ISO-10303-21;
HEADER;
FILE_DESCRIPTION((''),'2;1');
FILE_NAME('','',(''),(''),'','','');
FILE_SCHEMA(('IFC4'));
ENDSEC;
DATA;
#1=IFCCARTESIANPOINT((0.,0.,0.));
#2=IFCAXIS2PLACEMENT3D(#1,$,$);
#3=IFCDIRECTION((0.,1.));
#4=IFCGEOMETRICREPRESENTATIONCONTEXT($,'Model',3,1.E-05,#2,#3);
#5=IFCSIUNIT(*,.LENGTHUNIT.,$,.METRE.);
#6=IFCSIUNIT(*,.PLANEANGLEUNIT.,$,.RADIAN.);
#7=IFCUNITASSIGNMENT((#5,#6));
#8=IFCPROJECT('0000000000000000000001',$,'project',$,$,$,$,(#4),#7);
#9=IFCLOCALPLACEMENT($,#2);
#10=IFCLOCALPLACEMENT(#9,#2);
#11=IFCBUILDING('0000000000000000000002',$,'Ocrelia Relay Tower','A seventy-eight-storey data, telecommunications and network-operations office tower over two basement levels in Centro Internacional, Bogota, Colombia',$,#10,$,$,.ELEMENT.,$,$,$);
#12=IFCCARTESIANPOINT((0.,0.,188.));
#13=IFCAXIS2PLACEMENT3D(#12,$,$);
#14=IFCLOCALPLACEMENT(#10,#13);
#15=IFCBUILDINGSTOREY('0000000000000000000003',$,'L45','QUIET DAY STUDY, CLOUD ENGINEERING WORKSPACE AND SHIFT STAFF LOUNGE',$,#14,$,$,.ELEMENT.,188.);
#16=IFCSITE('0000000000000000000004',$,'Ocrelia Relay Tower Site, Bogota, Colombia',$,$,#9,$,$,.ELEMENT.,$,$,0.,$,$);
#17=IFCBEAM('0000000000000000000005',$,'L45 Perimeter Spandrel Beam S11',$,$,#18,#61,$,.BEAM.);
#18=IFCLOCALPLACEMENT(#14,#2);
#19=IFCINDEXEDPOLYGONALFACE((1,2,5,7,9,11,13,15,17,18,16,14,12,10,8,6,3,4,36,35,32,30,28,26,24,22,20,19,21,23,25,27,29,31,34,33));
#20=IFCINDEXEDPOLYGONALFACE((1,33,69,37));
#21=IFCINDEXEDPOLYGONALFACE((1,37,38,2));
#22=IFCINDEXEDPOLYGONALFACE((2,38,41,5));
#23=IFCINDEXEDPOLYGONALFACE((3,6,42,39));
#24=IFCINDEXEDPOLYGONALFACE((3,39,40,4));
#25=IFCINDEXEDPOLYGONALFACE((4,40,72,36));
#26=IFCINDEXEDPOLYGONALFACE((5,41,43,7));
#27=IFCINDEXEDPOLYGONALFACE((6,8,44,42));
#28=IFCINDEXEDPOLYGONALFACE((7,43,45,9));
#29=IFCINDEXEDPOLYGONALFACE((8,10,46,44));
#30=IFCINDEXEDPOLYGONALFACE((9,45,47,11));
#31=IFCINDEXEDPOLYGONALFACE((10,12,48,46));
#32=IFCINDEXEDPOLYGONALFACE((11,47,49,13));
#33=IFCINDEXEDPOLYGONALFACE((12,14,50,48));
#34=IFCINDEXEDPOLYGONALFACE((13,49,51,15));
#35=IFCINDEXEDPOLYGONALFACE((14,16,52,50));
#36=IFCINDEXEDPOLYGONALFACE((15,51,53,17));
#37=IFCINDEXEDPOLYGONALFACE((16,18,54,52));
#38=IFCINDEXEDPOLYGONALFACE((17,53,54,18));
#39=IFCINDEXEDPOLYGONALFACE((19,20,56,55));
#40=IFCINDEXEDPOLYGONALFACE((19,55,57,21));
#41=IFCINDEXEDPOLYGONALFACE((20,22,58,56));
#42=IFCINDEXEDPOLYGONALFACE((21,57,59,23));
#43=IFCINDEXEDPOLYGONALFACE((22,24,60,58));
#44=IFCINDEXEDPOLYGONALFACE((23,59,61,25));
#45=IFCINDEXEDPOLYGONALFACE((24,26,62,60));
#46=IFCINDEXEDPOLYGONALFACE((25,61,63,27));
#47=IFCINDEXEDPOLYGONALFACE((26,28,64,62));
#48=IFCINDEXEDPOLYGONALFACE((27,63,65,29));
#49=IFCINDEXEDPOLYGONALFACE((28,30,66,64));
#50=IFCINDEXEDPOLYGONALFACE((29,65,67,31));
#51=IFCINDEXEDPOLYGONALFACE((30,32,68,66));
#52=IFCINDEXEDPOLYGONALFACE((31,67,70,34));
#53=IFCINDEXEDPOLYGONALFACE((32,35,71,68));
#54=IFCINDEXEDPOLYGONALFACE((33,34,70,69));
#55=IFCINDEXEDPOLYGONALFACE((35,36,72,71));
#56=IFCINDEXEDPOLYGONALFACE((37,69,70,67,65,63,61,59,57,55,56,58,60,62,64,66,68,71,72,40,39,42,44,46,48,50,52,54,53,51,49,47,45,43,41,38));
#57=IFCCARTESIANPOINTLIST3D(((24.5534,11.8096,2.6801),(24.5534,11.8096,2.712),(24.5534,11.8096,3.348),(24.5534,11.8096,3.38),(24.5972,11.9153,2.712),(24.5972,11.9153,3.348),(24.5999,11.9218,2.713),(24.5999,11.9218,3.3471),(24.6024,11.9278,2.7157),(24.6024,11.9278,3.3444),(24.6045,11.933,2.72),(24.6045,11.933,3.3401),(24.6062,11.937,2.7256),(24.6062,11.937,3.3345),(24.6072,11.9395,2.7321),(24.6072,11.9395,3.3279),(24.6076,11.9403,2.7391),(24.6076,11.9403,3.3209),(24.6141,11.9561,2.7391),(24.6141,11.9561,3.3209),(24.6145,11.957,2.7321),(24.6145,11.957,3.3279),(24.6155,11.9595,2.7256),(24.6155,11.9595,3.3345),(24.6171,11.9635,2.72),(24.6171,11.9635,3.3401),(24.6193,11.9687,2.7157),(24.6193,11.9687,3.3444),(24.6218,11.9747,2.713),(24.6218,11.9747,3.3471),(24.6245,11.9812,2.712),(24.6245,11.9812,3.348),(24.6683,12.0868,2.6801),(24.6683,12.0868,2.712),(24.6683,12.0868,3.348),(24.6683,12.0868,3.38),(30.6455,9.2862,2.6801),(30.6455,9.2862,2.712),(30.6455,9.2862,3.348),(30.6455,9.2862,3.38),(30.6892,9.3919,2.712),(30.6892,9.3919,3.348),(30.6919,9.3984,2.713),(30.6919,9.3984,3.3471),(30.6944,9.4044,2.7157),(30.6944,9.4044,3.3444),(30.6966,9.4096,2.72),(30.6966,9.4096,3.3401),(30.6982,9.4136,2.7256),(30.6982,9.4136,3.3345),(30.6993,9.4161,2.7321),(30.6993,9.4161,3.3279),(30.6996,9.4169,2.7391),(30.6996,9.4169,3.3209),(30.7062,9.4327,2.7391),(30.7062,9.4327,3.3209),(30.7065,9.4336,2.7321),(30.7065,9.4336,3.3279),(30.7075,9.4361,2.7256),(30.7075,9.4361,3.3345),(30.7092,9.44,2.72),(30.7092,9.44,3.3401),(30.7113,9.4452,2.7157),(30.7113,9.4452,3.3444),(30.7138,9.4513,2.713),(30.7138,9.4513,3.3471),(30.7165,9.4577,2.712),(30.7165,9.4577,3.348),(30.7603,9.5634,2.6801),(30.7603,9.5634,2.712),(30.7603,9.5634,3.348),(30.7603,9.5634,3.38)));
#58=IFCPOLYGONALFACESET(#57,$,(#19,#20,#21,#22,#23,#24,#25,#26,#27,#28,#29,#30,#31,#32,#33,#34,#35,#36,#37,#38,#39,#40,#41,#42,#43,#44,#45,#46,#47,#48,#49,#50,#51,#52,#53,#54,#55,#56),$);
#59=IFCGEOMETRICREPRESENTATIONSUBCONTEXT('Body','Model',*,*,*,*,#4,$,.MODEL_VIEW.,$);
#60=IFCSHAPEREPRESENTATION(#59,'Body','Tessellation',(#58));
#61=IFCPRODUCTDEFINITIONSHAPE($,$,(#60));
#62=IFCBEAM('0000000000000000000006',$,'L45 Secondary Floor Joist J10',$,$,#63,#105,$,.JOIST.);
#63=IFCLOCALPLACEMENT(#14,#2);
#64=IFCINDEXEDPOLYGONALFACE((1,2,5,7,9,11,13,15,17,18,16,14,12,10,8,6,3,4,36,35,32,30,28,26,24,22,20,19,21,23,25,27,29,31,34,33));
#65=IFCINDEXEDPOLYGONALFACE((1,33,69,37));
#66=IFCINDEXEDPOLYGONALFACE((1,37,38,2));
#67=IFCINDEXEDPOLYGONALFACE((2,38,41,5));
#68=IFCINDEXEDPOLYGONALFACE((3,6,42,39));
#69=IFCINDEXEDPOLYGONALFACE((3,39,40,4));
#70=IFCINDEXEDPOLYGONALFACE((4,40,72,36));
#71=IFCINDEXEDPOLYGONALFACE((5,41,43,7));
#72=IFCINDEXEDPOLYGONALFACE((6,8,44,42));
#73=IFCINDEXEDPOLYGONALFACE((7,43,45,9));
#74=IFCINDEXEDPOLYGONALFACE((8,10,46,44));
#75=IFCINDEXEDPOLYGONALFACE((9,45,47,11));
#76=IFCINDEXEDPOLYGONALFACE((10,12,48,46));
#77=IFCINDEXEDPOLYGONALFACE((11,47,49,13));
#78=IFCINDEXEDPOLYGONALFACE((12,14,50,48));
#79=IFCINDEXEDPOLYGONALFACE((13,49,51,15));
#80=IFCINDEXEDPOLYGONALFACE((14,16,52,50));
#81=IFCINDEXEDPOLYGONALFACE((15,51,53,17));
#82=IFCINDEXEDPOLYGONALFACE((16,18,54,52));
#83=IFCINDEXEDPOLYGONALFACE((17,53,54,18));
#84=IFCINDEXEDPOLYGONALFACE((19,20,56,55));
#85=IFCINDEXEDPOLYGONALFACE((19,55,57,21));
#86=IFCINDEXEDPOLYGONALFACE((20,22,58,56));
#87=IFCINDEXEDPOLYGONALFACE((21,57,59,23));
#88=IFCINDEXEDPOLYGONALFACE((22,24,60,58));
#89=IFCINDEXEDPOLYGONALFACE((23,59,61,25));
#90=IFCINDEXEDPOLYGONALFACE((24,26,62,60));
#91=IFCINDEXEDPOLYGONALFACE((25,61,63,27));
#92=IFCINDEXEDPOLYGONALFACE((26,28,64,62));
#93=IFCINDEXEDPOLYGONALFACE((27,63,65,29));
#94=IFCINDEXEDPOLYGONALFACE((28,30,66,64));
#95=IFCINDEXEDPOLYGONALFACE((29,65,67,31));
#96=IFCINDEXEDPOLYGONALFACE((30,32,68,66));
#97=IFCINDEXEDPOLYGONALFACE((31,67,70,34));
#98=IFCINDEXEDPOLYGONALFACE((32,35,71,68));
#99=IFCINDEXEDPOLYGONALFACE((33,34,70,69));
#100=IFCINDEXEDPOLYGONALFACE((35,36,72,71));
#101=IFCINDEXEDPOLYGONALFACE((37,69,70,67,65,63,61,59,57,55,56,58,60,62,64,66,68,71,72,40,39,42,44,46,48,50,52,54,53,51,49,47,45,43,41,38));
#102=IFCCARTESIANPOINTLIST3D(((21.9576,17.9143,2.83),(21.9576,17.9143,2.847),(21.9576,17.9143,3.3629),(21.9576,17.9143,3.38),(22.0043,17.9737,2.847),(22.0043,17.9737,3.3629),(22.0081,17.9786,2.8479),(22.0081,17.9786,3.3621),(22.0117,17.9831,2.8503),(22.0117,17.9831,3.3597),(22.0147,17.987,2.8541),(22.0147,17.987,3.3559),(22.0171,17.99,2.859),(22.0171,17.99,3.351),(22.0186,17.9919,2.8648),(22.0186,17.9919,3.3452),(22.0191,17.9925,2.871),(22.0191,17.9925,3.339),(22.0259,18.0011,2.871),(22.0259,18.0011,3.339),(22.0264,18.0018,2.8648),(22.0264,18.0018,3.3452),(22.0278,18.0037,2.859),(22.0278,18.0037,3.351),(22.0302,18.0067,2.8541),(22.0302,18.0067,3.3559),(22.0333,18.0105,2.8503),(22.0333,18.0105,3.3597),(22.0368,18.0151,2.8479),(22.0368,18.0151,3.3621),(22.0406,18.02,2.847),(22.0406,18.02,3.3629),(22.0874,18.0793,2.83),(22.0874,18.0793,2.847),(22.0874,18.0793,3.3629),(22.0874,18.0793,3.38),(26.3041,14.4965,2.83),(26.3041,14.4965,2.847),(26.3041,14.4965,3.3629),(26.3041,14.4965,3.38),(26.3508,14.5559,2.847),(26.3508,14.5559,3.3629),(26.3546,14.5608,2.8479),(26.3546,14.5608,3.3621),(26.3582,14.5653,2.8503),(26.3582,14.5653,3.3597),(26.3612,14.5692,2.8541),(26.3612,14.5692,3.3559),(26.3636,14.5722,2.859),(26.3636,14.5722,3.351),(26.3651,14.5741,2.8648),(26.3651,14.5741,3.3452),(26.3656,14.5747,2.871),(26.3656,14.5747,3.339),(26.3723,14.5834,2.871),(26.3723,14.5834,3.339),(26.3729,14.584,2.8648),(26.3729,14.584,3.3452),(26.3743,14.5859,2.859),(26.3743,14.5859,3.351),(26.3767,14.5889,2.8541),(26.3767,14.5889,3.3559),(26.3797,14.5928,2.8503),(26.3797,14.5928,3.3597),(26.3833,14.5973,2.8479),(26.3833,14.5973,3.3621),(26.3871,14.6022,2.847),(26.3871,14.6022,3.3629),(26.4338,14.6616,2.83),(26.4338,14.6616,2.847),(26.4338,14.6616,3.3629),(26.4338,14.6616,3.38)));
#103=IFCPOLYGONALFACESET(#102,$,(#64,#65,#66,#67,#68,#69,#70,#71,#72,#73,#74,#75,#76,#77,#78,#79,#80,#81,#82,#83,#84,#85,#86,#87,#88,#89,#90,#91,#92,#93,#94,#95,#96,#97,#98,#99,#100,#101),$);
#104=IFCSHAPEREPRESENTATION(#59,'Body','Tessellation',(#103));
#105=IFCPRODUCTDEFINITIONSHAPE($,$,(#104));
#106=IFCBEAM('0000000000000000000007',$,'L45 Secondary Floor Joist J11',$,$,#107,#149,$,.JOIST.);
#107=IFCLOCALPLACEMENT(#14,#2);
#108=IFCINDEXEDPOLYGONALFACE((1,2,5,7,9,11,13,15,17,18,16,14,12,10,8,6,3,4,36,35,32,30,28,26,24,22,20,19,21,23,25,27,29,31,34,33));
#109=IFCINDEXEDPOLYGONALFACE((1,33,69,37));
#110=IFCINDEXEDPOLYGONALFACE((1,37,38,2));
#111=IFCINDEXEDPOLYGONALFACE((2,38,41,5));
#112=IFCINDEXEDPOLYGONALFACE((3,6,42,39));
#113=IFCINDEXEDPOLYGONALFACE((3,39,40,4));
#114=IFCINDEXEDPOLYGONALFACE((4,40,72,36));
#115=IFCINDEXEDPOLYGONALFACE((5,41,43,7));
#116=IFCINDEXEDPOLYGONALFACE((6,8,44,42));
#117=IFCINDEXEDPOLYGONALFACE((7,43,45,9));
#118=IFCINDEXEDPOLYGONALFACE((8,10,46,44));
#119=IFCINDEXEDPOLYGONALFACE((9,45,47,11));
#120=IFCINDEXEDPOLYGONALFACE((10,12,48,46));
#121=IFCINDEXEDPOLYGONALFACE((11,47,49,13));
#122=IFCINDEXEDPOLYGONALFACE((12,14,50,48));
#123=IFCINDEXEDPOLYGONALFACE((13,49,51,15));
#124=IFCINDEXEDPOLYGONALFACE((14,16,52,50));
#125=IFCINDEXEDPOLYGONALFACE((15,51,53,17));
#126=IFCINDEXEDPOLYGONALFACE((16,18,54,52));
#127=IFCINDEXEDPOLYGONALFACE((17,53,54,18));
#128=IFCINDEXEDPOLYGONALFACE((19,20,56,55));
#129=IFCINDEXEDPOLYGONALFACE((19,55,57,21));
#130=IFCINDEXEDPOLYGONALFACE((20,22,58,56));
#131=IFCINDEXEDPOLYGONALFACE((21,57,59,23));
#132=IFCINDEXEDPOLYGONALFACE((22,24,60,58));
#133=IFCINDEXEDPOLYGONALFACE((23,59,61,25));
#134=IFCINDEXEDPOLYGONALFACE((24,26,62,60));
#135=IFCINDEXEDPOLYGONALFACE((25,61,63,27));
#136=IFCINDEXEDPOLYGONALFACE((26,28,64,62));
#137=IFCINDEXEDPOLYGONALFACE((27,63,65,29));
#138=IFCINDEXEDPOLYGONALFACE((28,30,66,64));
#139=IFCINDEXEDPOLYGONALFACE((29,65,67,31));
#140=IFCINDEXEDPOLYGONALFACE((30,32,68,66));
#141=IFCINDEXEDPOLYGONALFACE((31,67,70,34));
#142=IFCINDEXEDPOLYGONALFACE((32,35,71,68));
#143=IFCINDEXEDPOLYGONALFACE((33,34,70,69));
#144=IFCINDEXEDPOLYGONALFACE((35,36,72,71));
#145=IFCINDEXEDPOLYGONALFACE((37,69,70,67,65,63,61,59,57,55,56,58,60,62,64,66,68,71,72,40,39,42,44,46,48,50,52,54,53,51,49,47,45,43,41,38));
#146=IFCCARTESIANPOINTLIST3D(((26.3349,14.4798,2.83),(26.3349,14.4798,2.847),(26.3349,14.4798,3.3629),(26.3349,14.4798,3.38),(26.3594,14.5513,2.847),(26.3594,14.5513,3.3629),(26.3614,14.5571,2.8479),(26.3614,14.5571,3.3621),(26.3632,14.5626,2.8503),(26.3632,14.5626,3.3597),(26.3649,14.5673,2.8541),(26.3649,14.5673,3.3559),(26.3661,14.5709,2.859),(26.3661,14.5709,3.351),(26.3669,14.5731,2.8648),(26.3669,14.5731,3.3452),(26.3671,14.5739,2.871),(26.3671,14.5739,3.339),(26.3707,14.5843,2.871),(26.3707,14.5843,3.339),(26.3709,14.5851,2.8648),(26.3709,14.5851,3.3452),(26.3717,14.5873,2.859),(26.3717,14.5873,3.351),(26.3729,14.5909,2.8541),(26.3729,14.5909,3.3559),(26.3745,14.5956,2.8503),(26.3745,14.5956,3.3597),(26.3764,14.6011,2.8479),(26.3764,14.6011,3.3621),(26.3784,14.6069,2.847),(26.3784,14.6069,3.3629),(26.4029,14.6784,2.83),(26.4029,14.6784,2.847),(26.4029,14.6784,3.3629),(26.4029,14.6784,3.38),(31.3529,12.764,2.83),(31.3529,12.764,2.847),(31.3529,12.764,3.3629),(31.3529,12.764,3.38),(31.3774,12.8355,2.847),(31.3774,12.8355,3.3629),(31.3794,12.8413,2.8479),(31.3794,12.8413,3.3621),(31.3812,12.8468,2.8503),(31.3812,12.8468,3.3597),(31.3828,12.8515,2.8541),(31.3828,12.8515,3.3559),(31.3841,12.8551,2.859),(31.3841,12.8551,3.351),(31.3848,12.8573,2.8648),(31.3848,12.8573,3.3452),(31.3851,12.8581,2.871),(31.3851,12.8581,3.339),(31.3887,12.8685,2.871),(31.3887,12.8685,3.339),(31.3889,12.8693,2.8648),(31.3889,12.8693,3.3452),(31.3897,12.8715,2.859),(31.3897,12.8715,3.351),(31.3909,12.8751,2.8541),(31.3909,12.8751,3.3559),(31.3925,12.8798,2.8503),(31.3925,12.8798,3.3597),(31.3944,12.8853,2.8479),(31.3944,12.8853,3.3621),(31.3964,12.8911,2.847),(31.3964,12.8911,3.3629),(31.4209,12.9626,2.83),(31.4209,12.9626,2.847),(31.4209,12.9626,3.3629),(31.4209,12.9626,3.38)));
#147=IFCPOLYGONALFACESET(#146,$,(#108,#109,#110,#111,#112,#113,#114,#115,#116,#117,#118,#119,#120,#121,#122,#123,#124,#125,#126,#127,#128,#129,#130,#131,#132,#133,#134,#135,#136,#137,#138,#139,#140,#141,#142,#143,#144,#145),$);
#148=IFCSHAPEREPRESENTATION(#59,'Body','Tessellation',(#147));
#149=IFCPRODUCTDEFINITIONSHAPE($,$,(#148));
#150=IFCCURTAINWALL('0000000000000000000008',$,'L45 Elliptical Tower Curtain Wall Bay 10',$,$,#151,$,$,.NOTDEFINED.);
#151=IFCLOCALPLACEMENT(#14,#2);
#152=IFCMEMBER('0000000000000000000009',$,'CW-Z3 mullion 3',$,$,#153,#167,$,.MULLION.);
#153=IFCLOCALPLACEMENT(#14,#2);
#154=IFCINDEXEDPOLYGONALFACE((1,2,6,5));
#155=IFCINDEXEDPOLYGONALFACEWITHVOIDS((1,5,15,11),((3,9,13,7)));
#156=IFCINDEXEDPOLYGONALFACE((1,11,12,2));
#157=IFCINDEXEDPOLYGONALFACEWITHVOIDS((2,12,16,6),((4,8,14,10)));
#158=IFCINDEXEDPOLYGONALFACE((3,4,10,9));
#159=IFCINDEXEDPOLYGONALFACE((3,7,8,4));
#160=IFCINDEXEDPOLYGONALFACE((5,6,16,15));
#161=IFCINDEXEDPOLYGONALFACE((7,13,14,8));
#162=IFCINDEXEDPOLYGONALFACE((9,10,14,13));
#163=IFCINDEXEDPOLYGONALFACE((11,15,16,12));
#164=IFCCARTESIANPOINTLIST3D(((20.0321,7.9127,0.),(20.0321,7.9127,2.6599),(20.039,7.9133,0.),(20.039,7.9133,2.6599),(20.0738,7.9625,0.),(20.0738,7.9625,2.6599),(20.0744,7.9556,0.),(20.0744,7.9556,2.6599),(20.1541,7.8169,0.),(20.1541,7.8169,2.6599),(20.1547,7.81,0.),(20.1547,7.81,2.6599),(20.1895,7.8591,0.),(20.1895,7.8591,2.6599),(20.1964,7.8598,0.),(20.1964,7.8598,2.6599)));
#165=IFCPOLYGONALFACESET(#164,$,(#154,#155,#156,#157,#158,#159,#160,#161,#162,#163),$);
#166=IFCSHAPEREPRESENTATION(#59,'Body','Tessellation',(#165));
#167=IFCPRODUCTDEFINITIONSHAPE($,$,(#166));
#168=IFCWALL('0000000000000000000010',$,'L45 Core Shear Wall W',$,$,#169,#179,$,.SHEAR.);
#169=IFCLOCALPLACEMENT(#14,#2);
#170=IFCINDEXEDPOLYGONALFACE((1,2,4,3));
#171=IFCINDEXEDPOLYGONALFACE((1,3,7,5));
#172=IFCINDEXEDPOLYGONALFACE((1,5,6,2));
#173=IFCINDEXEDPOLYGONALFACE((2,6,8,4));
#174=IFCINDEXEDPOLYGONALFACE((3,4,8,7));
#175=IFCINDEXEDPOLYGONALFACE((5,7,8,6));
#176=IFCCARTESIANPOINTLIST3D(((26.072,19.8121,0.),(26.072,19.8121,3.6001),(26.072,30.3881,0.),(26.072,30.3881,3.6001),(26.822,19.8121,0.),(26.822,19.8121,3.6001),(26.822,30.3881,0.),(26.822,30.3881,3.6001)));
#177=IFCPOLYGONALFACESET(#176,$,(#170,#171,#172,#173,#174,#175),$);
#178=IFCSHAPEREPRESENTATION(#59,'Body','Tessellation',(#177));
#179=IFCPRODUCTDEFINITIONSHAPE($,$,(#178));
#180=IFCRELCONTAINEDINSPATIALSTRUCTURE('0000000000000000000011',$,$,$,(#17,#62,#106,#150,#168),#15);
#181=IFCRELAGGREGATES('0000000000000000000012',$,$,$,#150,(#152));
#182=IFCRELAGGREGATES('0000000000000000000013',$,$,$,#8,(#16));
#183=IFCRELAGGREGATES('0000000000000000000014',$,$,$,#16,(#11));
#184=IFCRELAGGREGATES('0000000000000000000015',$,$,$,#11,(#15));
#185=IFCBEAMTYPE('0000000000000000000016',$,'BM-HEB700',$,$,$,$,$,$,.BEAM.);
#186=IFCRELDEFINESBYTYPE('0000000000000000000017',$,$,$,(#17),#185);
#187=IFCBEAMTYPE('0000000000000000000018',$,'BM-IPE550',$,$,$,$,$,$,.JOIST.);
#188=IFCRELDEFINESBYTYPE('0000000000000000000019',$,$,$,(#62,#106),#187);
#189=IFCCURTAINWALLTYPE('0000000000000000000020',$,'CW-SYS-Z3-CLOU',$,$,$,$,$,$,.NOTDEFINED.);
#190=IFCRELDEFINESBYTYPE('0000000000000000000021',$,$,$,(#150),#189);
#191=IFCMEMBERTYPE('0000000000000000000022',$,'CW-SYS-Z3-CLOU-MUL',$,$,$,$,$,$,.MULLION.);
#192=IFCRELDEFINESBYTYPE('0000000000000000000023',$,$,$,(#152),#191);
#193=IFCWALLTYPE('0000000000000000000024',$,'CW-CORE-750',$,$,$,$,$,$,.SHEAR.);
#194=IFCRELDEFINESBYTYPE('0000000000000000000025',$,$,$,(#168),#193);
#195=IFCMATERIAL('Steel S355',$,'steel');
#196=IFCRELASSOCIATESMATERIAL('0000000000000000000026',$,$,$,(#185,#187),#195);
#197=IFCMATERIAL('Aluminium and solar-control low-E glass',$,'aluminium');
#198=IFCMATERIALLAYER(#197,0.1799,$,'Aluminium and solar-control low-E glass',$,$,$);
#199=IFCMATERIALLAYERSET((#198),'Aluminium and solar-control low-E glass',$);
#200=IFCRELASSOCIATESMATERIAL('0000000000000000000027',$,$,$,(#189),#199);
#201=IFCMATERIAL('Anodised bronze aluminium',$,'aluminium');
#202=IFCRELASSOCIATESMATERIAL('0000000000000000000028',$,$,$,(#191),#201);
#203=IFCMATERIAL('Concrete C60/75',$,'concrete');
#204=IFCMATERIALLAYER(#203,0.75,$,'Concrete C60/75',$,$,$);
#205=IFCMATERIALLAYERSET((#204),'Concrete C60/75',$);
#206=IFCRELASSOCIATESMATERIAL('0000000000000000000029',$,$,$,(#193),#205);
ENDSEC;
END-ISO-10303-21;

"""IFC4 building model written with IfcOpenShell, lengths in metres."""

from ifc_helpers import new_model, si_unit, direction, frame, frame_2d, origin, origin_2d, place, context, subcontext, project, spatial, rectangle, hollow_rectangle, i_section, extrude, material, layer, layer_set, material_profile, profile_set, type_object, element, aggregate, save


model = new_model("IFC4")

# Units and contexts
model_context = context("Model", 3, precision=1e-05, world=origin(), true_north=direction((0.0, 1.0)))
body_context = subcontext(model_context, "Body", "Model", "MODEL_VIEW")
ifc_project = project(units=[si_unit("LENGTHUNIT", "METRE"), si_unit("PLANEANGLEUNIT", "RADIAN")], contexts=[model_context])

# Site, building, storey
site_placement = place(None, origin())
site = spatial("IfcSite", under=ifc_project, at=site_placement, Name="Ocrelia Relay Tower Site, Bogota, Colombia", CompositionType="ELEMENT", RefElevation=0.0)
building_placement = place(site_placement, origin())
building = spatial("IfcBuilding", under=site, at=building_placement, Name="Ocrelia Relay Tower", Description="A seventy-eight-storey data, telecommunications and network-operations office tower over two basement levels in Centro Internacional, Bogota, Colombia", CompositionType="ELEMENT")
storey_placement = place(building_placement, frame((0.0, 0.0, 188.0)))
storey = spatial("IfcBuildingStorey", under=building, at=storey_placement, Name="L45", Description="QUIET DAY STUDY, CLOUD ENGINEERING WORKSPACE AND SHIFT STAFF LOUNGE", CompositionType="ELEMENT", Elevation=188.0)

# Shared definitions
ifc_material_1 = material(Name="Concrete C60/75", Category="concrete")

# Beams
ifc_material_2 = material(Name="Steel S355", Category="steel")
ifc_material_profile_1 = material_profile(ifc_material_2, i_section(OverallWidth=0.3, OverallDepth=0.7, WebThickness=0.0171, FlangeThickness=0.032, FilletRadius=0.0271, at=origin_2d()), Name="HEB 700")
ifc_profile_set_1 = profile_set([ifc_material_profile_1], Name="Steel S355")
beam_type_1 = type_object("IfcBeamType", Name="BM-HEB700", PredefinedType="BEAM", material=ifc_profile_set_1)
for number, where, z_axis, x_axis, name in (
    (1, (24.6108, 11.9482, 3.03), (0.923878, -0.382688, 0.0), (0.382688, 0.923878, 0.0), "L45 Perimeter Spandrel Beam S11"),
):
    element("IfcBeam", number, at=place(storey_placement, frame(where, z_axis=z_axis, x_axis=x_axis)), inside=storey, type_object=beam_type_1, Name=name, PredefinedType="BEAM", context=body_context, shape_type="SweptSolid", body=[
        extrude(i_section(OverallWidth=0.3, OverallDepth=0.7, WebThickness=0.0171, FlangeThickness=0.032, FilletRadius=0.0271, at=origin_2d()), origin(), (0.0, 0.0, 1.0), 6.594),
    ])
ifc_material_profile_2 = material_profile(ifc_material_2, i_section(OverallWidth=0.21, OverallDepth=0.55, WebThickness=0.011, FlangeThickness=0.0171, FilletRadius=0.0239, at=origin_2d()), Name="IPE 550")
ifc_profile_set_2 = profile_set([ifc_material_profile_2], Name="Steel S355")
beam_type_2 = type_object("IfcBeamType", Name="BM-IPE550", PredefinedType="JOIST", material=ifc_profile_set_2)
beam_1_placement = place(storey_placement, frame((22.0225, 17.9968, 3.105), z_axis=(0.786084, -0.61812, 0.0), x_axis=(0.61812, 0.786084, 0.0)))
element("IfcBeam", 2, at=beam_1_placement, inside=storey, type_object=beam_type_2, Name="L45 Secondary Floor Joist J10", PredefinedType="JOIST", context=body_context, shape_type="SweptSolid", body=[
    extrude(i_section(OverallWidth=0.21, OverallDepth=0.55, WebThickness=0.011, FlangeThickness=0.0171, FilletRadius=0.0239, at=origin_2d()), origin(), (0.0, 0.0, 1.0), 5.5293),
])
beam_2_placement = place(storey_placement, frame((26.3689, 14.5791, 3.105), z_axis=(0.946215, -0.323538, 0.0), x_axis=(0.323538, 0.946215, 0.0)))
element("IfcBeam", 3, at=beam_2_placement, inside=storey, type_object=beam_type_2, Name="L45 Secondary Floor Joist J11", PredefinedType="JOIST", context=body_context, shape_type="SweptSolid", body=[
    extrude(i_section(OverallWidth=0.21, OverallDepth=0.55, WebThickness=0.011, FlangeThickness=0.0171, FilletRadius=0.0239, at=origin_2d()), origin(), (0.0, 0.0, 1.0), 5.3032),
])

# Curtain wall, member
ifc_material_3 = material(Name="Aluminium and solar-control low-E glass", Category="aluminium")
ifc_layer_1 = layer(ifc_material_3, 0.1799, Name="Aluminium and solar-control low-E glass")
ifc_layer_set_1 = layer_set([ifc_layer_1], Name="Aluminium and solar-control low-E glass")
curtain_wall_type = type_object("IfcCurtainWallType", Name="CW-SYS-Z3-CLOU", PredefinedType="NOTDEFINED", material=ifc_layer_set_1)
curtain_wall_placement = place(storey_placement, origin())
curtain_wall = element("IfcCurtainWall", 4, at=curtain_wall_placement, inside=storey, type_object=curtain_wall_type, Name="L45 Elliptical Tower Curtain Wall Bay 10", PredefinedType="NOTDEFINED")
ifc_material_4 = material(Name="Anodised bronze aluminium", Category="aluminium")
ifc_material_profile_3 = material_profile(ifc_material_4, hollow_rectangle(XDim=0.0649, YDim=0.1599, WallThickness=0.0049, at=origin_2d()), Name="CW-MUL-160x65")
ifc_profile_set_3 = profile_set([ifc_material_profile_3], Name="Anodised bronze aluminium")
member_type = type_object("IfcMemberType", Name="CW-SYS-Z3-CLOU-MUL", PredefinedType="MULLION", material=ifc_profile_set_3)
member_placement = place(storey_placement, frame((20.1143, 7.8862, 0.0), z_axis=(0.0, 0.0, 1.0), x_axis=(0.64238, 0.766386, 0.0)))
member = element("IfcMember", 5, at=member_placement, type_object=member_type, Name="CW-Z3 mullion 3", PredefinedType="MULLION", context=body_context, shape_type="SweptSolid", body=[
    extrude(hollow_rectangle(XDim=0.0649, YDim=0.1599, WallThickness=0.0049, at=origin_2d()), origin(), (0.0, 0.0, 1.0), 2.6599),
])
aggregate(curtain_wall, [member])

# Wall
ifc_layer_2 = layer(ifc_material_1, 0.75, Name="Concrete C60/75")
ifc_layer_set_2 = layer_set([ifc_layer_2], Name="Concrete C60/75")
wall_type_1 = type_object("IfcWallType", Name="CW-CORE-750", PredefinedType="SHEAR", material=ifc_layer_set_2)
wall_1_placement = place(storey_placement, frame((26.447, 19.812, 0.0), z_axis=(0.0, 0.0, 1.0), x_axis=(0.0, 1.0, 0.0)))
element("IfcWall", 6, at=wall_1_placement, inside=storey, type_object=wall_type_1, Name="L45 Core Shear Wall W", PredefinedType="SHEAR", context=body_context, shape_type="SweptSolid", body=[
    extrude(rectangle(XDim=10.5759, YDim=0.75, at=frame_2d((5.2881, 0.0))), origin(), (0.0, 0.0, 1.0), 3.6001),
])

save(model, "model.ifc")
